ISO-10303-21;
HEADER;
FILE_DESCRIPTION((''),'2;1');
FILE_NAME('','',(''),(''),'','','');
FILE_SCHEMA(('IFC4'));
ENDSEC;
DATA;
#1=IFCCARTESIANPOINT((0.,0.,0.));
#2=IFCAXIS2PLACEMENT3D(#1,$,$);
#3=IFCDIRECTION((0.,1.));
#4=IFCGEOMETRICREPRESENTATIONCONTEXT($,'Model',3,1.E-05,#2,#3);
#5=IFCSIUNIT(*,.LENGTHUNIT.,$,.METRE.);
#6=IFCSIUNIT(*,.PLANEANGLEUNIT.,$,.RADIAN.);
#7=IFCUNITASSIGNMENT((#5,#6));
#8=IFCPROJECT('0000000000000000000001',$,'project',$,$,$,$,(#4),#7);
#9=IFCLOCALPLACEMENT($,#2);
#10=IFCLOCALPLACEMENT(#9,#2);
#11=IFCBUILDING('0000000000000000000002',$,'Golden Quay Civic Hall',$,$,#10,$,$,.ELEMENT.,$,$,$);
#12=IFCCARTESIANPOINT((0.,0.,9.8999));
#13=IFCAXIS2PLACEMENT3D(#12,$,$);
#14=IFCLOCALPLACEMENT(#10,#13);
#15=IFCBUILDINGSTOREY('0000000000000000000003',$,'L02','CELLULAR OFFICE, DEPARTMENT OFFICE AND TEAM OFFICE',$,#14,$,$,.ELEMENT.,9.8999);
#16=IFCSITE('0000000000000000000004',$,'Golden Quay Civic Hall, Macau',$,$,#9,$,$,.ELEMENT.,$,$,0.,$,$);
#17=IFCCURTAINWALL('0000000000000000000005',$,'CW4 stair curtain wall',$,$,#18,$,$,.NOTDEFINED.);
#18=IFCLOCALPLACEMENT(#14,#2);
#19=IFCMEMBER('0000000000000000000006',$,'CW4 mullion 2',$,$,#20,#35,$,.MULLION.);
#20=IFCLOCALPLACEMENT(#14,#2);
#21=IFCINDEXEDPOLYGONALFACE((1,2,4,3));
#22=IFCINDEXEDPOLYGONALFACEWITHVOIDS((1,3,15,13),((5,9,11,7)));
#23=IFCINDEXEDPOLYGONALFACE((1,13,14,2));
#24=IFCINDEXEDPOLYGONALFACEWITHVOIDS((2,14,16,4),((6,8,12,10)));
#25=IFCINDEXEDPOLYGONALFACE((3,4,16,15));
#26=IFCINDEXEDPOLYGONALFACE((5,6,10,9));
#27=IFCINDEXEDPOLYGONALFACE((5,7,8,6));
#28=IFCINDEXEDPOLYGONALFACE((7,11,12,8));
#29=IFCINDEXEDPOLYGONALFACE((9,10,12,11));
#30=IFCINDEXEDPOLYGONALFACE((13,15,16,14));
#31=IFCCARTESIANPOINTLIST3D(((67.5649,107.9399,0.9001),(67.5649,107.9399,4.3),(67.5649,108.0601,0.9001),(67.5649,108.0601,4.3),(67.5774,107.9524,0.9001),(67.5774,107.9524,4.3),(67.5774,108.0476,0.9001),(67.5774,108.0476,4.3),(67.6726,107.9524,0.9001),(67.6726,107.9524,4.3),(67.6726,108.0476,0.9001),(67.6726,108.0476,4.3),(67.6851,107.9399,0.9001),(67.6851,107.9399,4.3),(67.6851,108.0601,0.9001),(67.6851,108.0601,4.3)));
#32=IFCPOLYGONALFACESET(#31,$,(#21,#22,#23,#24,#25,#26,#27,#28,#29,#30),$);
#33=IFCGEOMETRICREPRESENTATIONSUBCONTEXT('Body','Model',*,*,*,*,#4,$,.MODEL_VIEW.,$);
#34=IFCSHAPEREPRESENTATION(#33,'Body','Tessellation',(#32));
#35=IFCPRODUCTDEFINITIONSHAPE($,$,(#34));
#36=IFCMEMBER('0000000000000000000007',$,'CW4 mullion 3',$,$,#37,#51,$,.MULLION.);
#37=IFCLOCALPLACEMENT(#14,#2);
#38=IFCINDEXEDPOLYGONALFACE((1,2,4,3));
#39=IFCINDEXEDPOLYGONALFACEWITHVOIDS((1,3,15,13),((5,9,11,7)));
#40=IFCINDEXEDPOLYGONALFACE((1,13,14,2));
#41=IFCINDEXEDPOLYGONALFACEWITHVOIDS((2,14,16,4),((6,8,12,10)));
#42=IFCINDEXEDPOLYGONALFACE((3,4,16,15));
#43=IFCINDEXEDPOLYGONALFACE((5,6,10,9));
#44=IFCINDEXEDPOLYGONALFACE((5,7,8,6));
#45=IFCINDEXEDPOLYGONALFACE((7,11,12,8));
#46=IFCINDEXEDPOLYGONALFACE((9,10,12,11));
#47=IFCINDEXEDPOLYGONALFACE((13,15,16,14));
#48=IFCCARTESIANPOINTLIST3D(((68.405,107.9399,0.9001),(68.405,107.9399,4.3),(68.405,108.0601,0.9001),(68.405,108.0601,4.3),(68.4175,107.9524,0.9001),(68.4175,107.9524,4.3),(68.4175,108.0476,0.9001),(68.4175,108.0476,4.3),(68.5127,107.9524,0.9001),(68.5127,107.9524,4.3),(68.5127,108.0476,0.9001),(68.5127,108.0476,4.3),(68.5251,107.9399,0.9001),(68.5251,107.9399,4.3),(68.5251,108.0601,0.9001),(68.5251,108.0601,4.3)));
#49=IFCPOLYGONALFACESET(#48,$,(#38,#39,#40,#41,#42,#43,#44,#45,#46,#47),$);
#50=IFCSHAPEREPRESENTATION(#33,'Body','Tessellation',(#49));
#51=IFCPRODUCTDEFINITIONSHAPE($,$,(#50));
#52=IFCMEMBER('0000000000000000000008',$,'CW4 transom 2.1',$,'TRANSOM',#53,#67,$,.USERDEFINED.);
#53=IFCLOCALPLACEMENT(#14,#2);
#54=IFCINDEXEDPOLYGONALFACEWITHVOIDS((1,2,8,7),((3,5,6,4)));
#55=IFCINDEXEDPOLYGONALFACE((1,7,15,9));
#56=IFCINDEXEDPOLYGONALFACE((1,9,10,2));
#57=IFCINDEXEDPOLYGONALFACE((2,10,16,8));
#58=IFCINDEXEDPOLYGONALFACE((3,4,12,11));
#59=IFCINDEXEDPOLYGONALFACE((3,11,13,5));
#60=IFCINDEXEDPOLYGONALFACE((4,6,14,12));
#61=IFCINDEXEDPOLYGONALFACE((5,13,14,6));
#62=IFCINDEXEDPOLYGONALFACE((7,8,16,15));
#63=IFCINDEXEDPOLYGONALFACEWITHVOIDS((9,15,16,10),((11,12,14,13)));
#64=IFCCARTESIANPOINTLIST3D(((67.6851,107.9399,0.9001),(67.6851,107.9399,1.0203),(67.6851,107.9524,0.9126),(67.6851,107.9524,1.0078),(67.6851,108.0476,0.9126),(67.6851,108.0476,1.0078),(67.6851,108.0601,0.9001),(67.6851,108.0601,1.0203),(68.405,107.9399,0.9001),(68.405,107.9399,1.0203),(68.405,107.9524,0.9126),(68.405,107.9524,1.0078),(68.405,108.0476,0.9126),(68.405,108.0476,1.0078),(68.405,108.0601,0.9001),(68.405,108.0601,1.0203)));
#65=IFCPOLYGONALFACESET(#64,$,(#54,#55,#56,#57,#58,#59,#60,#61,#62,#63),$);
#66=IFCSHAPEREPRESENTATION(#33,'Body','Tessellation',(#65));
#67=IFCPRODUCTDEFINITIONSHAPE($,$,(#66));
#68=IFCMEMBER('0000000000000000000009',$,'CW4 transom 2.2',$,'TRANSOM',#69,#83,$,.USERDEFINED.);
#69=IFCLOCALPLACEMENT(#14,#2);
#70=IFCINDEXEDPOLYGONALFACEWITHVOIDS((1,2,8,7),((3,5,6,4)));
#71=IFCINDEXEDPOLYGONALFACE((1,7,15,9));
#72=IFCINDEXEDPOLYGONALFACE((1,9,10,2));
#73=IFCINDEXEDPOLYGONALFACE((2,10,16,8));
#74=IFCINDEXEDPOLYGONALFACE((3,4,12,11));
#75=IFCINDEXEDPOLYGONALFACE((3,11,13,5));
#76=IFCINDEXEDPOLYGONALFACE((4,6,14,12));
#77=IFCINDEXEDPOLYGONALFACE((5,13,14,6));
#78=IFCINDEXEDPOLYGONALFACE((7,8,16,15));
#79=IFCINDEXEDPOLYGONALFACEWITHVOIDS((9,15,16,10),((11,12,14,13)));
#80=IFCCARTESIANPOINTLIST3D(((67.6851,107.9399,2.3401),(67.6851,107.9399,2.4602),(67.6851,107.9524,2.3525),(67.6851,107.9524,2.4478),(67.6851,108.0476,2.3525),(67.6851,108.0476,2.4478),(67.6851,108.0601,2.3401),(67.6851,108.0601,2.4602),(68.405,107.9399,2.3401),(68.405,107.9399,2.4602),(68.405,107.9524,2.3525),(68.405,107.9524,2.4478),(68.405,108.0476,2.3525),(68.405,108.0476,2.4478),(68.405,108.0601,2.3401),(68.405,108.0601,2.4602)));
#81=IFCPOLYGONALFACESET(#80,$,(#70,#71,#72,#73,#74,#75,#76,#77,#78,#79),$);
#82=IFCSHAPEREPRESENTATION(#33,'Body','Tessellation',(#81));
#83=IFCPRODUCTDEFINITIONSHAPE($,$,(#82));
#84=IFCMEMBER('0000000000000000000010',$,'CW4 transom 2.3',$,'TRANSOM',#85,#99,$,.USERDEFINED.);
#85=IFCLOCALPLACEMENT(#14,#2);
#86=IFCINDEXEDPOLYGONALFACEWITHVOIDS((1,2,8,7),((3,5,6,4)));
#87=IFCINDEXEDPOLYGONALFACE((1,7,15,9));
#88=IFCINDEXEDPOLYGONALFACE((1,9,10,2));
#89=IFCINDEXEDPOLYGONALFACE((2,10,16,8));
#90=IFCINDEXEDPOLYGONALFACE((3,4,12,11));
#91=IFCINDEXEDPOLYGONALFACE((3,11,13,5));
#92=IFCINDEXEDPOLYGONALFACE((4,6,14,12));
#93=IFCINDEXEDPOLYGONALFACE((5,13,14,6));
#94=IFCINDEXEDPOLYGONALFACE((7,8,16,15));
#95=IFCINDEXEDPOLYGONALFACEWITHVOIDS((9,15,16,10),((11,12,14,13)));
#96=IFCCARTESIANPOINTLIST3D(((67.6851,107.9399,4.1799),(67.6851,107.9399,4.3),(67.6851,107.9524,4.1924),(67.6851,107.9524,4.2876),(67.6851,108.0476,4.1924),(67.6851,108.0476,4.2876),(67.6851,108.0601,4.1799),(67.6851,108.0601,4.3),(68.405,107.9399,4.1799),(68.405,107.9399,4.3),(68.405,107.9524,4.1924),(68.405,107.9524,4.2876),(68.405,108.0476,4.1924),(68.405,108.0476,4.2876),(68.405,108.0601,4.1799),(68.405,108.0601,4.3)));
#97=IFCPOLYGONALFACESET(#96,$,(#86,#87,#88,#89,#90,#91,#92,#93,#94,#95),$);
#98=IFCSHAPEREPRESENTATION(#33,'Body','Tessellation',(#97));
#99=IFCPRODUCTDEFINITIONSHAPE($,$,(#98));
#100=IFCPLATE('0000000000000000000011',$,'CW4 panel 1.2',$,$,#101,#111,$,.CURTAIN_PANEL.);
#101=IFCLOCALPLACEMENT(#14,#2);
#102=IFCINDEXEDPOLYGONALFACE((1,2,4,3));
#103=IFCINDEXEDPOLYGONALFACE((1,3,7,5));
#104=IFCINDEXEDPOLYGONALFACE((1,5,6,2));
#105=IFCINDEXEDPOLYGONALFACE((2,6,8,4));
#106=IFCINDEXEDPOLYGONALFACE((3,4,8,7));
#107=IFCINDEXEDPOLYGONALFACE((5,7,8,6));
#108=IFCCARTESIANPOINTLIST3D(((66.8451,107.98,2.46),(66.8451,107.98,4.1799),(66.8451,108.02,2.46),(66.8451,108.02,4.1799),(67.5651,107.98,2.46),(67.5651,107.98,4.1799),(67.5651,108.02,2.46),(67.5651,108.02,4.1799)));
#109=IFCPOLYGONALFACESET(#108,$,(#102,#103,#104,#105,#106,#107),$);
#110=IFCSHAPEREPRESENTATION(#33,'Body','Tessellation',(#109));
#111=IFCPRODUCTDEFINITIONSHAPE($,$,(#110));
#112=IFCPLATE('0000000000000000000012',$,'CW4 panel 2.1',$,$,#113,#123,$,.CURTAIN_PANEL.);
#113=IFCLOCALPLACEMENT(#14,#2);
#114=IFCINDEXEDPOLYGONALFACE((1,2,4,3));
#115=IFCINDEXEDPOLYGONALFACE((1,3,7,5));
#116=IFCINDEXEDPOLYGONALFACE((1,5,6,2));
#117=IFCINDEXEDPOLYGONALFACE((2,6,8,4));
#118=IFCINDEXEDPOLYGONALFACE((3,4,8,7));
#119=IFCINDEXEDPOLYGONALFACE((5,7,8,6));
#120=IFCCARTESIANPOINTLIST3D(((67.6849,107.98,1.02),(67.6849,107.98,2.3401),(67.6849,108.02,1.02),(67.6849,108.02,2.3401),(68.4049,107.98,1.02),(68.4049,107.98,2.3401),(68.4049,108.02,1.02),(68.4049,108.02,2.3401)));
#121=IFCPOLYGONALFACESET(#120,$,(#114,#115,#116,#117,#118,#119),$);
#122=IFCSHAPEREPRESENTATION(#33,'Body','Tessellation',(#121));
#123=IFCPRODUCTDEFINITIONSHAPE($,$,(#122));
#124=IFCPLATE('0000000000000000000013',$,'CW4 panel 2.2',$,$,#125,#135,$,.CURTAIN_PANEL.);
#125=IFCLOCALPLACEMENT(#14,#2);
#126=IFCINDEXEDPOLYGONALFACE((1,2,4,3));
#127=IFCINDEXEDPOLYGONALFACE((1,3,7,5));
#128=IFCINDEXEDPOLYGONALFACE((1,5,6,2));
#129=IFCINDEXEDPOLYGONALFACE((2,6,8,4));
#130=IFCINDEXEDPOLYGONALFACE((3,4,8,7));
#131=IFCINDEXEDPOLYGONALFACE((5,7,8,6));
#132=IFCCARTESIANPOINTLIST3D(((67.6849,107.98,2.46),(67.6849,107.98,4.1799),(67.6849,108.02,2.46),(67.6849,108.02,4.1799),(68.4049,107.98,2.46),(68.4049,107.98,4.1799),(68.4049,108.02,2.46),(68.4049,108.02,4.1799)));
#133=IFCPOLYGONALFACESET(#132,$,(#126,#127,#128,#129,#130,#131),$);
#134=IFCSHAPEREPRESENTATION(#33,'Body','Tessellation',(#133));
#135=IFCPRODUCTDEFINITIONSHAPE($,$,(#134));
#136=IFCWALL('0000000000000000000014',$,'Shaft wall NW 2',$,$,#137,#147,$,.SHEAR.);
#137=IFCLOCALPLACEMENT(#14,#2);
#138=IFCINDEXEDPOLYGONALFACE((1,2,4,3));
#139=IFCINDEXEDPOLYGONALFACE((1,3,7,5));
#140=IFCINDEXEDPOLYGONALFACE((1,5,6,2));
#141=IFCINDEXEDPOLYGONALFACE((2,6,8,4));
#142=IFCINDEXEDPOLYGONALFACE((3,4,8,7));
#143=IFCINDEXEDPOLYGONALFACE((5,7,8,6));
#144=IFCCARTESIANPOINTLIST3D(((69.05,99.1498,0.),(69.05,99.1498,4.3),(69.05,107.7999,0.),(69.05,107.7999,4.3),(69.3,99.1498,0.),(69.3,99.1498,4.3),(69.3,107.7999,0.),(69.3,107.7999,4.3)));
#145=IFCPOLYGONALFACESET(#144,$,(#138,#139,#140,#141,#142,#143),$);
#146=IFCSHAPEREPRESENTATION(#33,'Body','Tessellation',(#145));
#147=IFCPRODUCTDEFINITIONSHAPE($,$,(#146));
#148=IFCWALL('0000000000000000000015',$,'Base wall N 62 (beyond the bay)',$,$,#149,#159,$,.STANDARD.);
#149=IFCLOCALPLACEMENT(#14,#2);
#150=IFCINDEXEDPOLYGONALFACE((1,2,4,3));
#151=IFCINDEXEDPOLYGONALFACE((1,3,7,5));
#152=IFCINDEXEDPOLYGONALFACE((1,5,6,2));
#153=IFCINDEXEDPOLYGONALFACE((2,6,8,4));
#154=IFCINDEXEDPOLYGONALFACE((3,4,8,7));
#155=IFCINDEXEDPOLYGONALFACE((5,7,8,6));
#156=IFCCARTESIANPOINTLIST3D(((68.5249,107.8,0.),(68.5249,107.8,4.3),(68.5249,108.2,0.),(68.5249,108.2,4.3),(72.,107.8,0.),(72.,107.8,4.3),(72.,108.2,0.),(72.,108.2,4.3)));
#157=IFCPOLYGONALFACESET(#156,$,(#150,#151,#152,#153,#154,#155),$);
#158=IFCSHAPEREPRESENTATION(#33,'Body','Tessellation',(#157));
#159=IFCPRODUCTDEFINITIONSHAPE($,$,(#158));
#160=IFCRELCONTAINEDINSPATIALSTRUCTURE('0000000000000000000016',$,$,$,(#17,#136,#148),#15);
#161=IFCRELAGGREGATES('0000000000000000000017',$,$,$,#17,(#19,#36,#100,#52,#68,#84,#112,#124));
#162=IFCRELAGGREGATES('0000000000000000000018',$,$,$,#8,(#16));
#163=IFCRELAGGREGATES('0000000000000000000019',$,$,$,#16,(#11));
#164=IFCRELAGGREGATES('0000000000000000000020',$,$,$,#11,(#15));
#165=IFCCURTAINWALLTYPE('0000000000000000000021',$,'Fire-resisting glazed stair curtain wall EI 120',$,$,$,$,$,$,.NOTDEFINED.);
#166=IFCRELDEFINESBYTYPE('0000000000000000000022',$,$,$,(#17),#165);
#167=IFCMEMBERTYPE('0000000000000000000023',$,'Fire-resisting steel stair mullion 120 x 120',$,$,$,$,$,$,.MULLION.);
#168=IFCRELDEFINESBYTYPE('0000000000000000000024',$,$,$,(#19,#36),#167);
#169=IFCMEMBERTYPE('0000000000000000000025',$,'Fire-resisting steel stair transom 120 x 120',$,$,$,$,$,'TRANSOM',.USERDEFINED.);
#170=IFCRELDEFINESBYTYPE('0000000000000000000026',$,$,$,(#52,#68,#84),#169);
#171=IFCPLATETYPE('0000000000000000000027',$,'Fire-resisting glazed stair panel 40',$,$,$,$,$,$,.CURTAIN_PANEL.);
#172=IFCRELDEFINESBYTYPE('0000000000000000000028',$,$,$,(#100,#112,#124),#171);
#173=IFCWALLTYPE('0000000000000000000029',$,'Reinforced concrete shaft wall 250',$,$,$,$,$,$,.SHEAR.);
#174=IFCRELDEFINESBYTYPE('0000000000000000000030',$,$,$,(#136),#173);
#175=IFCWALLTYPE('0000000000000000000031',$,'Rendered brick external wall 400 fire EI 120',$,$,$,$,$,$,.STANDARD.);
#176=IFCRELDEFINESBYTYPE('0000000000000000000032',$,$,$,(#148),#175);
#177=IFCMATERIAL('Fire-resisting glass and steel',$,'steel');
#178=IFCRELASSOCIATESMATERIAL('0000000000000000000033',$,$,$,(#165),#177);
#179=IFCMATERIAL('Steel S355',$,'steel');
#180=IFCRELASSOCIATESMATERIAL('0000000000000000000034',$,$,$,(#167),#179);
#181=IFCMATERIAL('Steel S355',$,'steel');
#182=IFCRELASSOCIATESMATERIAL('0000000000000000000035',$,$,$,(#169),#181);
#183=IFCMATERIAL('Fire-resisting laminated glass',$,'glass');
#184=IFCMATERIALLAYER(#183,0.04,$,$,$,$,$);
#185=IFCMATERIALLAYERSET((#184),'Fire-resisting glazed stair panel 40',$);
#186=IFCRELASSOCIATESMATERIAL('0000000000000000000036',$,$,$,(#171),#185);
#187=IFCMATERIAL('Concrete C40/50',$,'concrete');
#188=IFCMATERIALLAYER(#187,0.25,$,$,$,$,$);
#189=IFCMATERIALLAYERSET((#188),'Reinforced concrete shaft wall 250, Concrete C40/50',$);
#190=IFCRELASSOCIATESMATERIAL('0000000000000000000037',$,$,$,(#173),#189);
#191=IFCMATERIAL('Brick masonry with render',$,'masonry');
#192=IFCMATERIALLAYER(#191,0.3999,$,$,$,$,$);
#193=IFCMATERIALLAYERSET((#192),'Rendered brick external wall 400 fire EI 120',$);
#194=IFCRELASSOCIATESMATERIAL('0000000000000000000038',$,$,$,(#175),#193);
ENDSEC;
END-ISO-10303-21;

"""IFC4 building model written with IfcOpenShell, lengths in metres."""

from ifc_helpers import new_model, si_unit, direction, frame, frame_2d, origin, origin_2d, place, context, subcontext, project, spatial, rectangle, hollow_rectangle, extrude, material, layer, layer_set, material_profile, profile_set, type_object, element, aggregate, save


model = new_model("IFC4")

# Units and contexts
model_context = context("Model", 3, precision=1e-05, world=origin(), true_north=direction((0.0, 1.0)))
body_context = subcontext(model_context, "Body", "Model", "MODEL_VIEW")
ifc_project = project(units=[si_unit("LENGTHUNIT", "METRE"), si_unit("PLANEANGLEUNIT", "RADIAN")], contexts=[model_context])

# Site, building, storey
site_placement = place(None, origin())
site = spatial("IfcSite", under=ifc_project, at=site_placement, Name="Golden Quay Civic Hall, Macau", CompositionType="ELEMENT", RefElevation=0.0)
building_placement = place(site_placement, origin())
building = spatial("IfcBuilding", under=site, at=building_placement, Name="Golden Quay Civic Hall", CompositionType="ELEMENT")
storey_placement = place(building_placement, frame((0.0, 0.0, 9.8999)))
storey = spatial("IfcBuildingStorey", under=building, at=storey_placement, Name="L02", Description="CELLULAR OFFICE, DEPARTMENT OFFICE AND TEAM OFFICE", CompositionType="ELEMENT", Elevation=9.8999)

# Curtain wall, members, plates
ifc_material_1 = material(Name="Fire-resisting glass and steel", Category="steel")
curtain_wall_type = type_object("IfcCurtainWallType", Name="Fire-resisting glazed stair curtain wall EI 120", PredefinedType="NOTDEFINED", material=ifc_material_1)
curtain_wall_placement = place(storey_placement, origin())
curtain_wall = element("IfcCurtainWall", 1, at=curtain_wall_placement, inside=storey, type_object=curtain_wall_type, Name="CW4 stair curtain wall", PredefinedType="NOTDEFINED")
ifc_material_2 = material(Name="Steel S355", Category="steel")
ifc_material_profile_1 = material_profile(ifc_material_2, hollow_rectangle(XDim=0.1201, YDim=0.1201, WallThickness=0.0125, at=origin_2d()), Name="SHS 120x120x12.5")
ifc_profile_set_1 = profile_set([ifc_material_profile_1], Name="Steel S355")
member_type_1 = type_object("IfcMemberType", Name="Fire-resisting steel stair mullion 120 x 120", PredefinedType="MULLION", material=ifc_profile_set_1)
member_1_placement = place(storey_placement, frame((67.625, 108.0, 0.9001), z_axis=(0.0, 0.0, 1.0), x_axis=(0.0, 1.0, 0.0)))
member_1 = element("IfcMember", 2, at=member_1_placement, type_object=member_type_1, Name="CW4 mullion 2", PredefinedType="MULLION", context=body_context, shape_type="SweptSolid", body=[
    extrude(hollow_rectangle(XDim=0.1201, YDim=0.1201, WallThickness=0.0125, at=origin_2d()), origin(), (0.0, 0.0, 1.0), 3.3999),
])
member_2_placement = place(storey_placement, frame((68.4651, 108.0, 0.9001), z_axis=(0.0, 0.0, 1.0), x_axis=(0.0, 1.0, 0.0)))
member_2 = element("IfcMember", 3, at=member_2_placement, type_object=member_type_1, Name="CW4 mullion 3", PredefinedType="MULLION", context=body_context, shape_type="SweptSolid", body=[
    extrude(hollow_rectangle(XDim=0.1201, YDim=0.1201, WallThickness=0.0125, at=origin_2d()), origin(), (0.0, 0.0, 1.0), 3.3999),
])
ifc_material_3 = material(Name="Steel S355", Category="steel")
ifc_material_profile_2 = material_profile(ifc_material_3, hollow_rectangle(XDim=0.1201, YDim=0.1201, WallThickness=0.0125, at=origin_2d()), Name="SHS 120x120x12.5")
ifc_profile_set_2 = profile_set([ifc_material_profile_2], Name="Steel S355")
member_type_2 = type_object("IfcMemberType", Name="Fire-resisting steel stair transom 120 x 120", ElementType="TRANSOM", PredefinedType="USERDEFINED", material=ifc_profile_set_2)
member_3_placement = place(storey_placement, frame((67.6851, 108.0, 0.9602), z_axis=(1.0, 0.0, 0.0), x_axis=(0.0, 1.0, 0.0)))
member_3 = element("IfcMember", 4, at=member_3_placement, type_object=member_type_2, Name="CW4 transom 2.1", ObjectType="TRANSOM", PredefinedType="USERDEFINED", context=body_context, shape_type="SweptSolid", body=[
    extrude(hollow_rectangle(XDim=0.1201, YDim=0.1201, WallThickness=0.0125, at=origin_2d()), origin(), (0.0, 0.0, 1.0), 0.72),
])
member_4_placement = place(storey_placement, frame((67.6851, 108.0, 2.4001), z_axis=(1.0, 0.0, 0.0), x_axis=(0.0, 1.0, 0.0)))
member_4 = element("IfcMember", 5, at=member_4_placement, type_object=member_type_2, Name="CW4 transom 2.2", ObjectType="TRANSOM", PredefinedType="USERDEFINED", context=body_context, shape_type="SweptSolid", body=[
    extrude(hollow_rectangle(XDim=0.1201, YDim=0.1201, WallThickness=0.0125, at=origin_2d()), origin(), (0.0, 0.0, 1.0), 0.72),
])
member_5_placement = place(storey_placement, frame((67.6851, 108.0, 4.24), z_axis=(1.0, 0.0, 0.0), x_axis=(0.0, 1.0, 0.0)))
member_5 = element("IfcMember", 6, at=member_5_placement, type_object=member_type_2, Name="CW4 transom 2.3", ObjectType="TRANSOM", PredefinedType="USERDEFINED", context=body_context, shape_type="SweptSolid", body=[
    extrude(hollow_rectangle(XDim=0.1201, YDim=0.1201, WallThickness=0.0125, at=origin_2d()), origin(), (0.0, 0.0, 1.0), 0.72),
])
ifc_material_4 = material(Name="Fire-resisting laminated glass", Category="glass")
ifc_layer_1 = layer(ifc_material_4, 0.04)
ifc_layer_set_1 = layer_set([ifc_layer_1], Name="Fire-resisting glazed stair panel 40")
plate_type = type_object("IfcPlateType", Name="Fire-resisting glazed stair panel 40", PredefinedType="CURTAIN_PANEL", material=ifc_layer_set_1)
plate_1_placement = place(storey_placement, frame((67.2051, 108.0, 2.46), z_axis=(0.0, 0.0, 1.0), x_axis=(1.0, 0.0, 0.0)))
plate_1 = element("IfcPlate", 7, at=plate_1_placement, type_object=plate_type, Name="CW4 panel 1.2", PredefinedType="CURTAIN_PANEL", context=body_context, shape_type="SweptSolid", body=[
    extrude(rectangle(XDim=0.72, YDim=0.04, at=origin_2d()), origin(), (0.0, 0.0, 1.0), 1.72),
])
plate_2_placement = place(storey_placement, frame((68.0449, 108.0, 1.02), z_axis=(0.0, 0.0, 1.0), x_axis=(1.0, 0.0, 0.0)))
plate_2 = element("IfcPlate", 8, at=plate_2_placement, type_object=plate_type, Name="CW4 panel 2.1", PredefinedType="CURTAIN_PANEL", context=body_context, shape_type="SweptSolid", body=[
    extrude(rectangle(XDim=0.72, YDim=0.04, at=origin_2d()), origin(), (0.0, 0.0, 1.0), 1.3201),
])
plate_3_placement = place(storey_placement, frame((68.0449, 108.0, 2.46), z_axis=(0.0, 0.0, 1.0), x_axis=(1.0, 0.0, 0.0)))
plate_3 = element("IfcPlate", 9, at=plate_3_placement, type_object=plate_type, Name="CW4 panel 2.2", PredefinedType="CURTAIN_PANEL", context=body_context, shape_type="SweptSolid", body=[
    extrude(rectangle(XDim=0.72, YDim=0.04, at=origin_2d()), origin(), (0.0, 0.0, 1.0), 1.72),
])
aggregate(curtain_wall, [member_1, member_2, plate_1, member_3, member_4, member_5, plate_2, plate_3])

# Walls
ifc_material_5 = material(Name="Concrete C40/50", Category="concrete")
ifc_layer_2 = layer(ifc_material_5, 0.25)
ifc_layer_set_2 = layer_set([ifc_layer_2], Name="Reinforced concrete shaft wall 250, Concrete C40/50")
wall_type_1 = type_object("IfcWallType", Name="Reinforced concrete shaft wall 250", PredefinedType="SHEAR", material=ifc_layer_set_2)
wall_1_placement = place(storey_placement, frame((69.175, 107.8, 0.0), z_axis=(0.0, 0.0, 1.0), x_axis=(0.0, -1.0, 0.0)))
element("IfcWall", 10, at=wall_1_placement, inside=storey, type_object=wall_type_1, Name="Shaft wall NW 2", PredefinedType="SHEAR", context=body_context, shape_type="SweptSolid", body=[
    extrude(rectangle(XDim=8.6501, YDim=0.25, at=frame_2d((4.3252, 0.0))), origin(), (0.0, 0.0, 1.0), 4.3),
])
ifc_material_6 = material(Name="Brick masonry with render", Category="masonry")
ifc_layer_3 = layer(ifc_material_6, 0.3999)
ifc_layer_set_3 = layer_set([ifc_layer_3], Name="Rendered brick external wall 400 fire EI 120")
wall_type_2 = type_object("IfcWallType", Name="Rendered brick external wall 400 fire EI 120", PredefinedType="STANDARD", material=ifc_layer_set_3)
wall_2_placement = place(storey_placement, frame((68.5249, 108.0, 0.0), z_axis=(0.0, 0.0, 1.0), x_axis=(1.0, 0.0, 0.0)))
element("IfcWall", 11, at=wall_2_placement, inside=storey, type_object=wall_type_2, Name="Base wall N 62 (beyond the bay)", PredefinedType="STANDARD", context=body_context, shape_type="SweptSolid", body=[
    extrude(rectangle(XDim=3.4751, YDim=0.3999, at=frame_2d((1.7375, 0.0))), origin(), (0.0, 0.0, 1.0), 4.3),
])

save(model, "model.ifc")
